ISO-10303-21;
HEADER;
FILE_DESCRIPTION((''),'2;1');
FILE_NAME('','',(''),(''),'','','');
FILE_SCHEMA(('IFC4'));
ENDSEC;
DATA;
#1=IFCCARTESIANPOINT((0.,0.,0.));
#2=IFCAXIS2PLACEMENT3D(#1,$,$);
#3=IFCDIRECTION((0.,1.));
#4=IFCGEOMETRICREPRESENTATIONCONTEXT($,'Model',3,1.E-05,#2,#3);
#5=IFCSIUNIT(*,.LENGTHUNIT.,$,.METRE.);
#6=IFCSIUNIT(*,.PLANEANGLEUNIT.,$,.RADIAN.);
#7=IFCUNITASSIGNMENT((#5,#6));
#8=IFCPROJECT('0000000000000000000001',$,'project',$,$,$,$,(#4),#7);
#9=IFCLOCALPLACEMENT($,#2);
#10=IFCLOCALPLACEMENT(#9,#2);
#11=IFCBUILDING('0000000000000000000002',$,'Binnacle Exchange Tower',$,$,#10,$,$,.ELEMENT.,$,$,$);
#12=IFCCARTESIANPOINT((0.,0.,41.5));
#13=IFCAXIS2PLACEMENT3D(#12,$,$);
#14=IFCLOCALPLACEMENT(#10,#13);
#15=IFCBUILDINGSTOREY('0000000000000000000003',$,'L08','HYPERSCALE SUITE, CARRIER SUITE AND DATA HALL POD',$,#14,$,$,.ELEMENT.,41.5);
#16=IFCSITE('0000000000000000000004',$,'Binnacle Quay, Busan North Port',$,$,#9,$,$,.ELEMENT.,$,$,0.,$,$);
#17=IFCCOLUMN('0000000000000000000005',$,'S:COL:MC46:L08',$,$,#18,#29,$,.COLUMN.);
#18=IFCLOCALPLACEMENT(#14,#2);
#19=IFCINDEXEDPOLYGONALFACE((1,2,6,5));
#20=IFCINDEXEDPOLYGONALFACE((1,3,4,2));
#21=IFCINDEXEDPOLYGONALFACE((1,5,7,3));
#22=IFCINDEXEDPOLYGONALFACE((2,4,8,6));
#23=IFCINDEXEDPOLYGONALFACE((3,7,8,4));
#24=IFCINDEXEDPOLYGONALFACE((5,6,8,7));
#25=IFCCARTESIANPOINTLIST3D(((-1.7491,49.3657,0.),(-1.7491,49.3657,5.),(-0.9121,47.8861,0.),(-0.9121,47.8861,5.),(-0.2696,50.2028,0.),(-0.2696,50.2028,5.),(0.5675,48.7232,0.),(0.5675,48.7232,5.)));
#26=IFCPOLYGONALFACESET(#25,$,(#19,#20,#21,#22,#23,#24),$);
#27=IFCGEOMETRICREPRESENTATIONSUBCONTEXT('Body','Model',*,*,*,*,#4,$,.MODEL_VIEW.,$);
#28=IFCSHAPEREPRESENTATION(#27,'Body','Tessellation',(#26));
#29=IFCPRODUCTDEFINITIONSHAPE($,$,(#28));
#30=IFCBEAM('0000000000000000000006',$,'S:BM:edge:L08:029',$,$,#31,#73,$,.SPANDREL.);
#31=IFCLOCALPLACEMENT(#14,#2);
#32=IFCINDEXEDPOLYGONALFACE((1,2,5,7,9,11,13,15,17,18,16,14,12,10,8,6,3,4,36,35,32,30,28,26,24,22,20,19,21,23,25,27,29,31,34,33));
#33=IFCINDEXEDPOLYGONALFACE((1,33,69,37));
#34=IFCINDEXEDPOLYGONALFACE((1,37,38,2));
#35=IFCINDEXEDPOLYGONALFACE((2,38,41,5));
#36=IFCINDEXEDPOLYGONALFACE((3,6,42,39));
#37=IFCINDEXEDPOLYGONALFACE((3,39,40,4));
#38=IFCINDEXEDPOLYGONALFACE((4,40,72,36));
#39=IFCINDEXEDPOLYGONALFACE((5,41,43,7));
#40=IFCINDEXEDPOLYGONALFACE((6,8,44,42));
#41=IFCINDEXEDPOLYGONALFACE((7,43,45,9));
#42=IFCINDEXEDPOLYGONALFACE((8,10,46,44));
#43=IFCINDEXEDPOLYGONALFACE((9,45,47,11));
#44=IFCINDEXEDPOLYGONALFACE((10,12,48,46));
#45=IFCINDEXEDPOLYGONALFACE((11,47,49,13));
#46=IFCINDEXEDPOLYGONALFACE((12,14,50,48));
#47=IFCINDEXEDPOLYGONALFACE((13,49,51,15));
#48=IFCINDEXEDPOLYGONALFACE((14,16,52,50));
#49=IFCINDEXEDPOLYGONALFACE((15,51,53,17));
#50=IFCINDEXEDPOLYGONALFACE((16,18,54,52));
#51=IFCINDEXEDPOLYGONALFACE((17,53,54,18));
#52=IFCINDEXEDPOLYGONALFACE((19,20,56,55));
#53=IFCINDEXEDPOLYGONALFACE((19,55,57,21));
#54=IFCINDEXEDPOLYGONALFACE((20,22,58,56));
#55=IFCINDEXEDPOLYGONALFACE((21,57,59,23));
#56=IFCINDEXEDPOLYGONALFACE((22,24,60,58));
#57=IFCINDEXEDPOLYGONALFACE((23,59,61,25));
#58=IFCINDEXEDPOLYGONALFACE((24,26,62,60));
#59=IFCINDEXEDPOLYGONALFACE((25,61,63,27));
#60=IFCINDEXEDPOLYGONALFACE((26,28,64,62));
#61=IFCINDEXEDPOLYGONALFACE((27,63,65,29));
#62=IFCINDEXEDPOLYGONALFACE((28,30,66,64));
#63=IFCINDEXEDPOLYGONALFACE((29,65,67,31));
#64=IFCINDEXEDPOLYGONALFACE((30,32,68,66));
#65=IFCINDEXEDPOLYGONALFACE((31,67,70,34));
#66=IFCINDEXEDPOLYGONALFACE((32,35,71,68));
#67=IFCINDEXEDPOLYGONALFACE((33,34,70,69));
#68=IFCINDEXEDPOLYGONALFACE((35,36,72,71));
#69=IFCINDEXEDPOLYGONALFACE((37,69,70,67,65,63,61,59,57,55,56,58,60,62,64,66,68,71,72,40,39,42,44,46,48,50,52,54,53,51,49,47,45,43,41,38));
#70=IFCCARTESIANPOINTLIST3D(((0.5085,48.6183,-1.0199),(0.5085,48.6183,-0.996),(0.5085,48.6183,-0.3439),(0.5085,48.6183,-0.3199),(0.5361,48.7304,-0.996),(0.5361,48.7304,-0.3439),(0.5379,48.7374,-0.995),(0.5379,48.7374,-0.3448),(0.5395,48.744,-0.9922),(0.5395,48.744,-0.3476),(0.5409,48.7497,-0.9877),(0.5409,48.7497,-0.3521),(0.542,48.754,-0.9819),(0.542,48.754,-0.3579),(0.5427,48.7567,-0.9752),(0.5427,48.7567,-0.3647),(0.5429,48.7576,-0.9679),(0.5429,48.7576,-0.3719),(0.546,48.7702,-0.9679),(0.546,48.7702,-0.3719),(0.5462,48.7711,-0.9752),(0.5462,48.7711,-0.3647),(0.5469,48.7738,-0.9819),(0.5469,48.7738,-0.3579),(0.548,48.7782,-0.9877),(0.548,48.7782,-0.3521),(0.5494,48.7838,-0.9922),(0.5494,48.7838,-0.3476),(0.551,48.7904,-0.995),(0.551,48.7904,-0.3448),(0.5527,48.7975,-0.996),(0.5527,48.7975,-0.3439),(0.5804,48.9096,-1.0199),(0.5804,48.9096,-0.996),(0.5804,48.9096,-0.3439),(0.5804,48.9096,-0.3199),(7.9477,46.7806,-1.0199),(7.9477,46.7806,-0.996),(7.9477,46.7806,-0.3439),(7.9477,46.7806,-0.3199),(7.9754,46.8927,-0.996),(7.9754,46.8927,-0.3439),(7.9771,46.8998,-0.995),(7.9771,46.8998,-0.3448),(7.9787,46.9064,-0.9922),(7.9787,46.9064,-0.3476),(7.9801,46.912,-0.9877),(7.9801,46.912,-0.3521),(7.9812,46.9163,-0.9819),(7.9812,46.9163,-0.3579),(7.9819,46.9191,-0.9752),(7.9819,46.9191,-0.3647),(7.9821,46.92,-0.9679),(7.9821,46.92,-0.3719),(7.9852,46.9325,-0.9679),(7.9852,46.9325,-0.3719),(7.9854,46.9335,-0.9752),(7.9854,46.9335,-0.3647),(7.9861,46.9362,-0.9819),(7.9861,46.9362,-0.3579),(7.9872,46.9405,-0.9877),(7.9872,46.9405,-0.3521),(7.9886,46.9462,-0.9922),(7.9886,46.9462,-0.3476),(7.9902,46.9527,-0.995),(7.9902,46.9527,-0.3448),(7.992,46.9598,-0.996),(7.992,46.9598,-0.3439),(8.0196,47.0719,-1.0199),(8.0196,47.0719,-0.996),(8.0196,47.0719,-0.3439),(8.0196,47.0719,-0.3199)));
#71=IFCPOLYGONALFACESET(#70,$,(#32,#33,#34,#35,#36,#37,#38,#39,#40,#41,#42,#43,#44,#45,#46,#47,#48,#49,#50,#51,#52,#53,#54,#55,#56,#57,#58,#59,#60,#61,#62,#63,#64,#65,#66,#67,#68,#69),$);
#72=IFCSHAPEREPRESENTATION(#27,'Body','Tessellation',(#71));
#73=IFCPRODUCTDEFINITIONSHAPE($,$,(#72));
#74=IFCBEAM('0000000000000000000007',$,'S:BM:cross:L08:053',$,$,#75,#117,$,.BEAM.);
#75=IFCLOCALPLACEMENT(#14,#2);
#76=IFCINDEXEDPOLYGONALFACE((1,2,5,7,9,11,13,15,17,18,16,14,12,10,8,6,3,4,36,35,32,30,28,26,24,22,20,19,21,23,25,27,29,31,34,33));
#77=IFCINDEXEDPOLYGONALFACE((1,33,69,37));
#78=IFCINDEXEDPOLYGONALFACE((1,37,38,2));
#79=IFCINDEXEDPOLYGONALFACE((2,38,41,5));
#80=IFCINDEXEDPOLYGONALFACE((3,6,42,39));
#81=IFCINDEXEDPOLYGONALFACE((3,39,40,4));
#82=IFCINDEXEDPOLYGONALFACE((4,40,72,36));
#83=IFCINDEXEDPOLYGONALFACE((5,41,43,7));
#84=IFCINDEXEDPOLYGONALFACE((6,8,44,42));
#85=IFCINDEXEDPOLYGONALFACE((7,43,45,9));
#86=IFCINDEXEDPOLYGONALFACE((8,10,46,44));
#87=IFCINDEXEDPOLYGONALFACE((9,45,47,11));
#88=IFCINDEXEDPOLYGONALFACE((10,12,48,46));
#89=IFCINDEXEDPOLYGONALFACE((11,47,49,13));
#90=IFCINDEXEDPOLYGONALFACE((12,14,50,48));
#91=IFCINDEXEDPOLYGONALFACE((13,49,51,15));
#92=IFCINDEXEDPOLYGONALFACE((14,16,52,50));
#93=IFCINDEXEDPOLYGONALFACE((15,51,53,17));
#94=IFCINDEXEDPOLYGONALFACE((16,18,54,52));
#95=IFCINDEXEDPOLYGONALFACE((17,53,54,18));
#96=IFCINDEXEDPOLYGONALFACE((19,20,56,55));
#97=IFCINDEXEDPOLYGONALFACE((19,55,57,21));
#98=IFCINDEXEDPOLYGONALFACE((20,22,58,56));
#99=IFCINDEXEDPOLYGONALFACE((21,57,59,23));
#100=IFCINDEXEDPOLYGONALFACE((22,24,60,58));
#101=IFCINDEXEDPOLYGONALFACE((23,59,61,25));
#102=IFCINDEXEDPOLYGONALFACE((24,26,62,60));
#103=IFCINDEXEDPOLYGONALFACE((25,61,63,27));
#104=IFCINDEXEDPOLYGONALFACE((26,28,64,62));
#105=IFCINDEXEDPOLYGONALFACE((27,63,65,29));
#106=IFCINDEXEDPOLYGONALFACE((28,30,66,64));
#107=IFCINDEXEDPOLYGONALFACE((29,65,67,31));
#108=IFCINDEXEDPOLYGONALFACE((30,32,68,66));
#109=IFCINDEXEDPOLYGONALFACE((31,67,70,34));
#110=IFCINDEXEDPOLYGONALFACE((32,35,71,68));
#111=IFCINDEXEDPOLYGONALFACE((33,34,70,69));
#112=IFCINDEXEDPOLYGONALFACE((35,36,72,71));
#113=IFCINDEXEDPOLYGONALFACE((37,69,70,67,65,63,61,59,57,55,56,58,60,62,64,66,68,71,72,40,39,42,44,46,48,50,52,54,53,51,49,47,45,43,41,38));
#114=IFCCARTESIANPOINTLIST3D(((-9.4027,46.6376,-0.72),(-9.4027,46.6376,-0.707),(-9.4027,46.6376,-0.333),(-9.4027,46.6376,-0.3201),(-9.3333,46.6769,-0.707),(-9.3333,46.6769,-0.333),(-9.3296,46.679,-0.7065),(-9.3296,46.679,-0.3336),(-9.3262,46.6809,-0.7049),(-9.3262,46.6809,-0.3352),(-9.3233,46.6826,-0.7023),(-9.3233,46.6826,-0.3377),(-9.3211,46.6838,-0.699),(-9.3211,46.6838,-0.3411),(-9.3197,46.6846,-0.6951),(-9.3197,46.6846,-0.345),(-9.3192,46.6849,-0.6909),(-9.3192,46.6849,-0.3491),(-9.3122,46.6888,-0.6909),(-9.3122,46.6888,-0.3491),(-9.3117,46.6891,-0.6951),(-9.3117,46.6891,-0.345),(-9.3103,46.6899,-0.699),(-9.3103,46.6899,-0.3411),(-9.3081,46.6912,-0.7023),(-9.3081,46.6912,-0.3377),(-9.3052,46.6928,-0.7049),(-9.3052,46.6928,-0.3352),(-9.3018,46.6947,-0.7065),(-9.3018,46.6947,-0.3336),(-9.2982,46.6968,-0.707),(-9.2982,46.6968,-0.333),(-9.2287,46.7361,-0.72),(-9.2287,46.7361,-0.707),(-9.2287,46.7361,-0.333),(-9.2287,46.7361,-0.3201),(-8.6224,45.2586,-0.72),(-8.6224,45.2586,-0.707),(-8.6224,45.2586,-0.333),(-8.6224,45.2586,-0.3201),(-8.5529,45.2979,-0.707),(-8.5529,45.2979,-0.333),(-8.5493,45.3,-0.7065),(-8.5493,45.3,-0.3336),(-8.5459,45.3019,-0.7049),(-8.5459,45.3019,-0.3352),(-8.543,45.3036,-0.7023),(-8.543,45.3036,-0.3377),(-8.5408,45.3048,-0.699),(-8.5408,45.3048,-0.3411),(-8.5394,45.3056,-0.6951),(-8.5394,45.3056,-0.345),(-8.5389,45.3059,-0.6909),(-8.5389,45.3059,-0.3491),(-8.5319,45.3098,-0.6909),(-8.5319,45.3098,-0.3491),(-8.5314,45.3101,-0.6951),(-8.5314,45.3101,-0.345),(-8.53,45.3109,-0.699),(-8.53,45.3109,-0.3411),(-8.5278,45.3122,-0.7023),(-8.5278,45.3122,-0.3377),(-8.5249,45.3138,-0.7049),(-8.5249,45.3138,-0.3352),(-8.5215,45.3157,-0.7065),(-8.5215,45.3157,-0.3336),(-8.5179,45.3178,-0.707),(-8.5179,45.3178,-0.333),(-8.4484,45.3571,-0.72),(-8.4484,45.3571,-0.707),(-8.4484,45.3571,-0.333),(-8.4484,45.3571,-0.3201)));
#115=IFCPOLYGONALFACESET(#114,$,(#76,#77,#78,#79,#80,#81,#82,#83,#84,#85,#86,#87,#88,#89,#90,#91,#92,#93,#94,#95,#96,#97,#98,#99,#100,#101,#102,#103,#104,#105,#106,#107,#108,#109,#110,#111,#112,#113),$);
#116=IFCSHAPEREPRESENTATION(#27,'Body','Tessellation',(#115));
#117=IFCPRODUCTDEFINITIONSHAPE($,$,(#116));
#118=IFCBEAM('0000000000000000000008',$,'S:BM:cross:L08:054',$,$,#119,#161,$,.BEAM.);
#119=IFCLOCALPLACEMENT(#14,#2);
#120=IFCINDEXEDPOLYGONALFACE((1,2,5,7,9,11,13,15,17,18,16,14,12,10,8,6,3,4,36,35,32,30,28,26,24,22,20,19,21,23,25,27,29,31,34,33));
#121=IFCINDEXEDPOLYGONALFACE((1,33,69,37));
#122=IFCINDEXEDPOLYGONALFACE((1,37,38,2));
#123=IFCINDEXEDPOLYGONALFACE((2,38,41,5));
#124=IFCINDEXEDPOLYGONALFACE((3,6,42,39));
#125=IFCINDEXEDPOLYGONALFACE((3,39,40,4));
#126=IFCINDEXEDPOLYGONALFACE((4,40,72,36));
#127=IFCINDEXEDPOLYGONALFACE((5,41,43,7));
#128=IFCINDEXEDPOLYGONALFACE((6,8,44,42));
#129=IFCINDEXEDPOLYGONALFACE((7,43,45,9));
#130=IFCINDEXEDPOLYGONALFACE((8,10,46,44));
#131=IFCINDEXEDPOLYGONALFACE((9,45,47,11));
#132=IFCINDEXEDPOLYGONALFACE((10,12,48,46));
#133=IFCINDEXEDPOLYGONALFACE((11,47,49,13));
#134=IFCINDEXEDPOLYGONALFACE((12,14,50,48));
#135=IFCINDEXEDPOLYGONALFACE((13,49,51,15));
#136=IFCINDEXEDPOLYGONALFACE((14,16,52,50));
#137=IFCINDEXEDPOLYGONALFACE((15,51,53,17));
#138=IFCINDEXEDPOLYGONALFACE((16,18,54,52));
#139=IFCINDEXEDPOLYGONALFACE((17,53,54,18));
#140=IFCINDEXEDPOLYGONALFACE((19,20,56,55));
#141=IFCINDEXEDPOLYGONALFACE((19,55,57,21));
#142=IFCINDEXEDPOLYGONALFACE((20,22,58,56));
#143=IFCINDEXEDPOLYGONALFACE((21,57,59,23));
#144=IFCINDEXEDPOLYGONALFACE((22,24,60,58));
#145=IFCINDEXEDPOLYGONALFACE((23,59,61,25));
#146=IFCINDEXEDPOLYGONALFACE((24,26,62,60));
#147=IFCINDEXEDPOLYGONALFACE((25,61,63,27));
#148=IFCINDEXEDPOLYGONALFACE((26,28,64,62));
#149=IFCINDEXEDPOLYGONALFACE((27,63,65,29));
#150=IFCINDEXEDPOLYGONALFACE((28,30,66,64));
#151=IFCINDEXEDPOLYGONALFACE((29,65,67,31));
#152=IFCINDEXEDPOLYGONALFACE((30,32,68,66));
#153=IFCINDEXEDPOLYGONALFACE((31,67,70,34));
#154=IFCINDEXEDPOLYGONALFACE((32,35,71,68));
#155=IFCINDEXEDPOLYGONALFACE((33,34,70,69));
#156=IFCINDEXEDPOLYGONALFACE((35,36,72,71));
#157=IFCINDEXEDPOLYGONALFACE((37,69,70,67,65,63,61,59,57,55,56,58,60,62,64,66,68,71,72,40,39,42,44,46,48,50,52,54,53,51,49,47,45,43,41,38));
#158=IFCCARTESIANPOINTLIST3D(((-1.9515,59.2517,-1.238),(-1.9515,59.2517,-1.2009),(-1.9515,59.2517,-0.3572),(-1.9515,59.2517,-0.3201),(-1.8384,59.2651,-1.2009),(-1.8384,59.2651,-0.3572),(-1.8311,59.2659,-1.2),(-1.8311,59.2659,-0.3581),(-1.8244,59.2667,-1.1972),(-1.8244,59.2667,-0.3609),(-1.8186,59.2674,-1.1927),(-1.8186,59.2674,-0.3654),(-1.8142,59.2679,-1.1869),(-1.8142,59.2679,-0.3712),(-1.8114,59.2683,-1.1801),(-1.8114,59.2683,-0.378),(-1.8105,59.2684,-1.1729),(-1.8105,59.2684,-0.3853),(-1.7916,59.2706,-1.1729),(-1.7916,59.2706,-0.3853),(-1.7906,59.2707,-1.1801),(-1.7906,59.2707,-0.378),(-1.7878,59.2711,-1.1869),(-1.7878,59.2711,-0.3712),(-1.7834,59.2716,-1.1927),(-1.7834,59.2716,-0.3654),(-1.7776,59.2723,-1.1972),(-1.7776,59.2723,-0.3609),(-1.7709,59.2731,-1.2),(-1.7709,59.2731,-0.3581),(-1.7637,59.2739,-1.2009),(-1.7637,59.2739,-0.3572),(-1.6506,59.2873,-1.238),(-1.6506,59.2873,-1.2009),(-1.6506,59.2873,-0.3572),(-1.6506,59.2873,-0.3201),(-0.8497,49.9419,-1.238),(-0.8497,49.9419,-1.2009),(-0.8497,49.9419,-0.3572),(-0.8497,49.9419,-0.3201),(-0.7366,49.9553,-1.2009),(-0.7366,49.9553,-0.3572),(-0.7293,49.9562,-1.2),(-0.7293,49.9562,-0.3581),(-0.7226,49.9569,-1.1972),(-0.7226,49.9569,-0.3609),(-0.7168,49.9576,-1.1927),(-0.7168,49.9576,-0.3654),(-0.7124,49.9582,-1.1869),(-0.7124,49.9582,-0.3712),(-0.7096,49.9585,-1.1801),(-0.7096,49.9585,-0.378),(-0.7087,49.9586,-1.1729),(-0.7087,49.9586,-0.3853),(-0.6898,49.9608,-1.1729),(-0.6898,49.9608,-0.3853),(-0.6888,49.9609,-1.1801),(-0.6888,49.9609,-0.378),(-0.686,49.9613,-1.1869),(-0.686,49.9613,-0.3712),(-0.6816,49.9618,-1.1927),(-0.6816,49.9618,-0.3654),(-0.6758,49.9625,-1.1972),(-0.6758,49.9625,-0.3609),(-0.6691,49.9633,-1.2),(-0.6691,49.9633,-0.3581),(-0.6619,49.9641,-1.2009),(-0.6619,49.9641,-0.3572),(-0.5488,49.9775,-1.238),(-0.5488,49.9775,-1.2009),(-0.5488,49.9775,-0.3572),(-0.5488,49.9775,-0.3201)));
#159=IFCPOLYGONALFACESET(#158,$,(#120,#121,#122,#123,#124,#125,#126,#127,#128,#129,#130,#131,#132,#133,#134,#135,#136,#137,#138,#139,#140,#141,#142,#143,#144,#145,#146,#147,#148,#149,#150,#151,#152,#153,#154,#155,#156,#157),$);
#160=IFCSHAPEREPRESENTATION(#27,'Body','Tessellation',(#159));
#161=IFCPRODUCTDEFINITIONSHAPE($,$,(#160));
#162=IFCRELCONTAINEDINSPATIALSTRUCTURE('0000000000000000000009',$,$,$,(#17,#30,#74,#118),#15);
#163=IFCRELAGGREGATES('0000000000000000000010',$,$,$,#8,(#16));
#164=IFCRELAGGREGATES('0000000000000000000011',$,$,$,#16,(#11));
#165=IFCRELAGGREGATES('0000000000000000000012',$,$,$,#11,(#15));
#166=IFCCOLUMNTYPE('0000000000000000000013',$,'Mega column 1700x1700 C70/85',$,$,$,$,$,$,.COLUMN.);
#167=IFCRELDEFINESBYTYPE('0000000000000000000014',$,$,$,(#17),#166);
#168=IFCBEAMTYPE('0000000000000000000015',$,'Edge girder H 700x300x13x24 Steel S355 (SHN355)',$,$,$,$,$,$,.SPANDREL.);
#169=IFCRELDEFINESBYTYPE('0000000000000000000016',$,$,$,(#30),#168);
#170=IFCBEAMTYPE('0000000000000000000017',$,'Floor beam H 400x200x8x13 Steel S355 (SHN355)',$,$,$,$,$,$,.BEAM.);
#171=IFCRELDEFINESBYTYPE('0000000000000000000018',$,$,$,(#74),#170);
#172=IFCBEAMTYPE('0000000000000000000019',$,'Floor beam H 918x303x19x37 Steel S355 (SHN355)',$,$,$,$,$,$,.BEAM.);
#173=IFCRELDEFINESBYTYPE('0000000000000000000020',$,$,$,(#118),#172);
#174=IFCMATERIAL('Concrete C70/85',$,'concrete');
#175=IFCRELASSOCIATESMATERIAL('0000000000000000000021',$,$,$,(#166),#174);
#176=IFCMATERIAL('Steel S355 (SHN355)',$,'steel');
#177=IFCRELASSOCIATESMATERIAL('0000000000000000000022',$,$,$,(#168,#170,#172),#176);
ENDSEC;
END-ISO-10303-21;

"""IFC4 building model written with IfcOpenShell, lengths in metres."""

from ifc_helpers import new_model, si_unit, direction, frame, origin, origin_2d, place, context, subcontext, project, spatial, rectangle, i_section, extrude, material, material_profile, profile_set, type_object, element, save


model = new_model("IFC4")

# Units and contexts
model_context = context("Model", 3, precision=1e-05, world=origin(), true_north=direction((0.0, 1.0)))
body_context = subcontext(model_context, "Body", "Model", "MODEL_VIEW")
ifc_project = project(units=[si_unit("LENGTHUNIT", "METRE"), si_unit("PLANEANGLEUNIT", "RADIAN")], contexts=[model_context])

# Site, building, storey
site_placement = place(None, origin())
site = spatial("IfcSite", under=ifc_project, at=site_placement, Name="Binnacle Quay, Busan North Port", CompositionType="ELEMENT", RefElevation=0.0)
building_placement = place(site_placement, origin())
building = spatial("IfcBuilding", under=site, at=building_placement, Name="Binnacle Exchange Tower", CompositionType="ELEMENT")
storey_placement = place(building_placement, frame((0.0, 0.0, 41.5)))
storey = spatial("IfcBuildingStorey", under=building, at=storey_placement, Name="L08", Description="HYPERSCALE SUITE, CARRIER SUITE AND DATA HALL POD", CompositionType="ELEMENT", Elevation=41.5)

# Column
ifc_material_1 = material(Name="Concrete C70/85", Category="concrete")
ifc_material_profile_1 = material_profile(ifc_material_1, rectangle(XDim=1.7, YDim=1.7, at=origin_2d()), Name="Mega column 1700x1700 C70/85")
ifc_profile_set_1 = profile_set([ifc_material_profile_1], Name="Concrete C70/85")
column_type = type_object("IfcColumnType", Name="Mega column 1700x1700 C70/85", PredefinedType="COLUMN", material=ifc_profile_set_1)
column_placement = place(storey_placement, frame((-0.5908, 49.0444, 0.0), z_axis=(0.0, 0.0, 1.0), x_axis=(0.870356, 0.492424, 0.0)))
element("IfcColumn", 1, at=column_placement, inside=storey, type_object=column_type, Name="S:COL:MC46:L08", PredefinedType="COLUMN", context=body_context, shape_type="SweptSolid", body=[
    extrude(rectangle(XDim=1.7, YDim=1.7, at=origin_2d()), origin(), (0.0, 0.0, 1.0), 5.0),
])

# Beams
ifc_material_2 = material(Name="Steel S355 (SHN355)", Category="steel")
ifc_material_profile_2 = material_profile(ifc_material_2, i_section(OverallWidth=0.3, OverallDepth=0.7, WebThickness=0.0129, FlangeThickness=0.0239, FilletRadius=0.0281, at=origin_2d()), Name="H 700x300x13x24")
ifc_profile_set_2 = profile_set([ifc_material_profile_2], Name="Steel S355 (SHN355)")
beam_type_1 = type_object("IfcBeamType", Name="Edge girder H 700x300x13x24 Steel S355 (SHN355)", PredefinedType="SPANDREL", material=ifc_profile_set_2)
beam_1_placement = place(storey_placement, frame((0.5444, 48.7639, -0.6699), z_axis=(0.970819, -0.239813, 0.0), x_axis=(0.239813, 0.970819, 0.0)))
element("IfcBeam", 2, at=beam_1_placement, inside=storey, type_object=beam_type_1, Name="S:BM:edge:L08:029", PredefinedType="SPANDREL", context=body_context, shape_type="SweptSolid", body=[
    extrude(i_section(OverallWidth=0.3, OverallDepth=0.7, WebThickness=0.0129, FlangeThickness=0.0239, FilletRadius=0.0281, at=origin_2d()), origin(), (0.0, 0.0, 1.0), 7.6628),
])
ifc_material_profile_3 = material_profile(ifc_material_2, i_section(OverallWidth=0.2, OverallDepth=0.3999, WebThickness=0.0081, FlangeThickness=0.0129, FilletRadius=0.0161, at=origin_2d()), Name="H 400x200x8x13")
ifc_profile_set_3 = profile_set([ifc_material_profile_3], Name="Steel S355 (SHN355)")
beam_type_2 = type_object("IfcBeamType", Name="Floor beam H 400x200x8x13 Steel S355 (SHN355)", PredefinedType="BEAM", material=ifc_profile_set_3)
beam_2_placement = place(storey_placement, frame((-8.5354, 45.3079, -0.52), z_axis=(-0.492484, 0.870322, 0.0), x_axis=(-0.870322, -0.492484, 0.0)))
element("IfcBeam", 3, at=beam_2_placement, inside=storey, type_object=beam_type_2, Name="S:BM:cross:L08:053", PredefinedType="BEAM", context=body_context, shape_type="SweptSolid", body=[
    extrude(i_section(OverallWidth=0.2, OverallDepth=0.3999, WebThickness=0.0081, FlangeThickness=0.0129, FilletRadius=0.0161, at=origin_2d()), origin(), (0.0, 0.0, 1.0), 1.5845),
])
ifc_material_profile_4 = material_profile(ifc_material_2, i_section(OverallWidth=0.303, OverallDepth=0.918, WebThickness=0.019, FlangeThickness=0.0371, FilletRadius=0.0281, at=origin_2d()), Name="H 918x303x19x37")
ifc_profile_set_4 = profile_set([ifc_material_profile_4], Name="Steel S355 (SHN355)")
beam_type_3 = type_object("IfcBeamType", Name="Floor beam H 918x303x19x37 Steel S355 (SHN355)", PredefinedType="BEAM", material=ifc_profile_set_4)
beam_3_placement = place(storey_placement, frame((-0.6992, 49.9597, -0.7791), z_axis=(-0.117529, 0.993069, 0.0), x_axis=(-0.993069, -0.117529, 0.0)))
element("IfcBeam", 4, at=beam_3_placement, inside=storey, type_object=beam_type_3, Name="S:BM:cross:L08:054", PredefinedType="BEAM", context=body_context, shape_type="SweptSolid", body=[
    extrude(i_section(OverallWidth=0.303, OverallDepth=0.918, WebThickness=0.019, FlangeThickness=0.0371, FilletRadius=0.0281, at=origin_2d()), origin(), (0.0, 0.0, 1.0), 9.3748),
])

save(model, "model.ifc")
